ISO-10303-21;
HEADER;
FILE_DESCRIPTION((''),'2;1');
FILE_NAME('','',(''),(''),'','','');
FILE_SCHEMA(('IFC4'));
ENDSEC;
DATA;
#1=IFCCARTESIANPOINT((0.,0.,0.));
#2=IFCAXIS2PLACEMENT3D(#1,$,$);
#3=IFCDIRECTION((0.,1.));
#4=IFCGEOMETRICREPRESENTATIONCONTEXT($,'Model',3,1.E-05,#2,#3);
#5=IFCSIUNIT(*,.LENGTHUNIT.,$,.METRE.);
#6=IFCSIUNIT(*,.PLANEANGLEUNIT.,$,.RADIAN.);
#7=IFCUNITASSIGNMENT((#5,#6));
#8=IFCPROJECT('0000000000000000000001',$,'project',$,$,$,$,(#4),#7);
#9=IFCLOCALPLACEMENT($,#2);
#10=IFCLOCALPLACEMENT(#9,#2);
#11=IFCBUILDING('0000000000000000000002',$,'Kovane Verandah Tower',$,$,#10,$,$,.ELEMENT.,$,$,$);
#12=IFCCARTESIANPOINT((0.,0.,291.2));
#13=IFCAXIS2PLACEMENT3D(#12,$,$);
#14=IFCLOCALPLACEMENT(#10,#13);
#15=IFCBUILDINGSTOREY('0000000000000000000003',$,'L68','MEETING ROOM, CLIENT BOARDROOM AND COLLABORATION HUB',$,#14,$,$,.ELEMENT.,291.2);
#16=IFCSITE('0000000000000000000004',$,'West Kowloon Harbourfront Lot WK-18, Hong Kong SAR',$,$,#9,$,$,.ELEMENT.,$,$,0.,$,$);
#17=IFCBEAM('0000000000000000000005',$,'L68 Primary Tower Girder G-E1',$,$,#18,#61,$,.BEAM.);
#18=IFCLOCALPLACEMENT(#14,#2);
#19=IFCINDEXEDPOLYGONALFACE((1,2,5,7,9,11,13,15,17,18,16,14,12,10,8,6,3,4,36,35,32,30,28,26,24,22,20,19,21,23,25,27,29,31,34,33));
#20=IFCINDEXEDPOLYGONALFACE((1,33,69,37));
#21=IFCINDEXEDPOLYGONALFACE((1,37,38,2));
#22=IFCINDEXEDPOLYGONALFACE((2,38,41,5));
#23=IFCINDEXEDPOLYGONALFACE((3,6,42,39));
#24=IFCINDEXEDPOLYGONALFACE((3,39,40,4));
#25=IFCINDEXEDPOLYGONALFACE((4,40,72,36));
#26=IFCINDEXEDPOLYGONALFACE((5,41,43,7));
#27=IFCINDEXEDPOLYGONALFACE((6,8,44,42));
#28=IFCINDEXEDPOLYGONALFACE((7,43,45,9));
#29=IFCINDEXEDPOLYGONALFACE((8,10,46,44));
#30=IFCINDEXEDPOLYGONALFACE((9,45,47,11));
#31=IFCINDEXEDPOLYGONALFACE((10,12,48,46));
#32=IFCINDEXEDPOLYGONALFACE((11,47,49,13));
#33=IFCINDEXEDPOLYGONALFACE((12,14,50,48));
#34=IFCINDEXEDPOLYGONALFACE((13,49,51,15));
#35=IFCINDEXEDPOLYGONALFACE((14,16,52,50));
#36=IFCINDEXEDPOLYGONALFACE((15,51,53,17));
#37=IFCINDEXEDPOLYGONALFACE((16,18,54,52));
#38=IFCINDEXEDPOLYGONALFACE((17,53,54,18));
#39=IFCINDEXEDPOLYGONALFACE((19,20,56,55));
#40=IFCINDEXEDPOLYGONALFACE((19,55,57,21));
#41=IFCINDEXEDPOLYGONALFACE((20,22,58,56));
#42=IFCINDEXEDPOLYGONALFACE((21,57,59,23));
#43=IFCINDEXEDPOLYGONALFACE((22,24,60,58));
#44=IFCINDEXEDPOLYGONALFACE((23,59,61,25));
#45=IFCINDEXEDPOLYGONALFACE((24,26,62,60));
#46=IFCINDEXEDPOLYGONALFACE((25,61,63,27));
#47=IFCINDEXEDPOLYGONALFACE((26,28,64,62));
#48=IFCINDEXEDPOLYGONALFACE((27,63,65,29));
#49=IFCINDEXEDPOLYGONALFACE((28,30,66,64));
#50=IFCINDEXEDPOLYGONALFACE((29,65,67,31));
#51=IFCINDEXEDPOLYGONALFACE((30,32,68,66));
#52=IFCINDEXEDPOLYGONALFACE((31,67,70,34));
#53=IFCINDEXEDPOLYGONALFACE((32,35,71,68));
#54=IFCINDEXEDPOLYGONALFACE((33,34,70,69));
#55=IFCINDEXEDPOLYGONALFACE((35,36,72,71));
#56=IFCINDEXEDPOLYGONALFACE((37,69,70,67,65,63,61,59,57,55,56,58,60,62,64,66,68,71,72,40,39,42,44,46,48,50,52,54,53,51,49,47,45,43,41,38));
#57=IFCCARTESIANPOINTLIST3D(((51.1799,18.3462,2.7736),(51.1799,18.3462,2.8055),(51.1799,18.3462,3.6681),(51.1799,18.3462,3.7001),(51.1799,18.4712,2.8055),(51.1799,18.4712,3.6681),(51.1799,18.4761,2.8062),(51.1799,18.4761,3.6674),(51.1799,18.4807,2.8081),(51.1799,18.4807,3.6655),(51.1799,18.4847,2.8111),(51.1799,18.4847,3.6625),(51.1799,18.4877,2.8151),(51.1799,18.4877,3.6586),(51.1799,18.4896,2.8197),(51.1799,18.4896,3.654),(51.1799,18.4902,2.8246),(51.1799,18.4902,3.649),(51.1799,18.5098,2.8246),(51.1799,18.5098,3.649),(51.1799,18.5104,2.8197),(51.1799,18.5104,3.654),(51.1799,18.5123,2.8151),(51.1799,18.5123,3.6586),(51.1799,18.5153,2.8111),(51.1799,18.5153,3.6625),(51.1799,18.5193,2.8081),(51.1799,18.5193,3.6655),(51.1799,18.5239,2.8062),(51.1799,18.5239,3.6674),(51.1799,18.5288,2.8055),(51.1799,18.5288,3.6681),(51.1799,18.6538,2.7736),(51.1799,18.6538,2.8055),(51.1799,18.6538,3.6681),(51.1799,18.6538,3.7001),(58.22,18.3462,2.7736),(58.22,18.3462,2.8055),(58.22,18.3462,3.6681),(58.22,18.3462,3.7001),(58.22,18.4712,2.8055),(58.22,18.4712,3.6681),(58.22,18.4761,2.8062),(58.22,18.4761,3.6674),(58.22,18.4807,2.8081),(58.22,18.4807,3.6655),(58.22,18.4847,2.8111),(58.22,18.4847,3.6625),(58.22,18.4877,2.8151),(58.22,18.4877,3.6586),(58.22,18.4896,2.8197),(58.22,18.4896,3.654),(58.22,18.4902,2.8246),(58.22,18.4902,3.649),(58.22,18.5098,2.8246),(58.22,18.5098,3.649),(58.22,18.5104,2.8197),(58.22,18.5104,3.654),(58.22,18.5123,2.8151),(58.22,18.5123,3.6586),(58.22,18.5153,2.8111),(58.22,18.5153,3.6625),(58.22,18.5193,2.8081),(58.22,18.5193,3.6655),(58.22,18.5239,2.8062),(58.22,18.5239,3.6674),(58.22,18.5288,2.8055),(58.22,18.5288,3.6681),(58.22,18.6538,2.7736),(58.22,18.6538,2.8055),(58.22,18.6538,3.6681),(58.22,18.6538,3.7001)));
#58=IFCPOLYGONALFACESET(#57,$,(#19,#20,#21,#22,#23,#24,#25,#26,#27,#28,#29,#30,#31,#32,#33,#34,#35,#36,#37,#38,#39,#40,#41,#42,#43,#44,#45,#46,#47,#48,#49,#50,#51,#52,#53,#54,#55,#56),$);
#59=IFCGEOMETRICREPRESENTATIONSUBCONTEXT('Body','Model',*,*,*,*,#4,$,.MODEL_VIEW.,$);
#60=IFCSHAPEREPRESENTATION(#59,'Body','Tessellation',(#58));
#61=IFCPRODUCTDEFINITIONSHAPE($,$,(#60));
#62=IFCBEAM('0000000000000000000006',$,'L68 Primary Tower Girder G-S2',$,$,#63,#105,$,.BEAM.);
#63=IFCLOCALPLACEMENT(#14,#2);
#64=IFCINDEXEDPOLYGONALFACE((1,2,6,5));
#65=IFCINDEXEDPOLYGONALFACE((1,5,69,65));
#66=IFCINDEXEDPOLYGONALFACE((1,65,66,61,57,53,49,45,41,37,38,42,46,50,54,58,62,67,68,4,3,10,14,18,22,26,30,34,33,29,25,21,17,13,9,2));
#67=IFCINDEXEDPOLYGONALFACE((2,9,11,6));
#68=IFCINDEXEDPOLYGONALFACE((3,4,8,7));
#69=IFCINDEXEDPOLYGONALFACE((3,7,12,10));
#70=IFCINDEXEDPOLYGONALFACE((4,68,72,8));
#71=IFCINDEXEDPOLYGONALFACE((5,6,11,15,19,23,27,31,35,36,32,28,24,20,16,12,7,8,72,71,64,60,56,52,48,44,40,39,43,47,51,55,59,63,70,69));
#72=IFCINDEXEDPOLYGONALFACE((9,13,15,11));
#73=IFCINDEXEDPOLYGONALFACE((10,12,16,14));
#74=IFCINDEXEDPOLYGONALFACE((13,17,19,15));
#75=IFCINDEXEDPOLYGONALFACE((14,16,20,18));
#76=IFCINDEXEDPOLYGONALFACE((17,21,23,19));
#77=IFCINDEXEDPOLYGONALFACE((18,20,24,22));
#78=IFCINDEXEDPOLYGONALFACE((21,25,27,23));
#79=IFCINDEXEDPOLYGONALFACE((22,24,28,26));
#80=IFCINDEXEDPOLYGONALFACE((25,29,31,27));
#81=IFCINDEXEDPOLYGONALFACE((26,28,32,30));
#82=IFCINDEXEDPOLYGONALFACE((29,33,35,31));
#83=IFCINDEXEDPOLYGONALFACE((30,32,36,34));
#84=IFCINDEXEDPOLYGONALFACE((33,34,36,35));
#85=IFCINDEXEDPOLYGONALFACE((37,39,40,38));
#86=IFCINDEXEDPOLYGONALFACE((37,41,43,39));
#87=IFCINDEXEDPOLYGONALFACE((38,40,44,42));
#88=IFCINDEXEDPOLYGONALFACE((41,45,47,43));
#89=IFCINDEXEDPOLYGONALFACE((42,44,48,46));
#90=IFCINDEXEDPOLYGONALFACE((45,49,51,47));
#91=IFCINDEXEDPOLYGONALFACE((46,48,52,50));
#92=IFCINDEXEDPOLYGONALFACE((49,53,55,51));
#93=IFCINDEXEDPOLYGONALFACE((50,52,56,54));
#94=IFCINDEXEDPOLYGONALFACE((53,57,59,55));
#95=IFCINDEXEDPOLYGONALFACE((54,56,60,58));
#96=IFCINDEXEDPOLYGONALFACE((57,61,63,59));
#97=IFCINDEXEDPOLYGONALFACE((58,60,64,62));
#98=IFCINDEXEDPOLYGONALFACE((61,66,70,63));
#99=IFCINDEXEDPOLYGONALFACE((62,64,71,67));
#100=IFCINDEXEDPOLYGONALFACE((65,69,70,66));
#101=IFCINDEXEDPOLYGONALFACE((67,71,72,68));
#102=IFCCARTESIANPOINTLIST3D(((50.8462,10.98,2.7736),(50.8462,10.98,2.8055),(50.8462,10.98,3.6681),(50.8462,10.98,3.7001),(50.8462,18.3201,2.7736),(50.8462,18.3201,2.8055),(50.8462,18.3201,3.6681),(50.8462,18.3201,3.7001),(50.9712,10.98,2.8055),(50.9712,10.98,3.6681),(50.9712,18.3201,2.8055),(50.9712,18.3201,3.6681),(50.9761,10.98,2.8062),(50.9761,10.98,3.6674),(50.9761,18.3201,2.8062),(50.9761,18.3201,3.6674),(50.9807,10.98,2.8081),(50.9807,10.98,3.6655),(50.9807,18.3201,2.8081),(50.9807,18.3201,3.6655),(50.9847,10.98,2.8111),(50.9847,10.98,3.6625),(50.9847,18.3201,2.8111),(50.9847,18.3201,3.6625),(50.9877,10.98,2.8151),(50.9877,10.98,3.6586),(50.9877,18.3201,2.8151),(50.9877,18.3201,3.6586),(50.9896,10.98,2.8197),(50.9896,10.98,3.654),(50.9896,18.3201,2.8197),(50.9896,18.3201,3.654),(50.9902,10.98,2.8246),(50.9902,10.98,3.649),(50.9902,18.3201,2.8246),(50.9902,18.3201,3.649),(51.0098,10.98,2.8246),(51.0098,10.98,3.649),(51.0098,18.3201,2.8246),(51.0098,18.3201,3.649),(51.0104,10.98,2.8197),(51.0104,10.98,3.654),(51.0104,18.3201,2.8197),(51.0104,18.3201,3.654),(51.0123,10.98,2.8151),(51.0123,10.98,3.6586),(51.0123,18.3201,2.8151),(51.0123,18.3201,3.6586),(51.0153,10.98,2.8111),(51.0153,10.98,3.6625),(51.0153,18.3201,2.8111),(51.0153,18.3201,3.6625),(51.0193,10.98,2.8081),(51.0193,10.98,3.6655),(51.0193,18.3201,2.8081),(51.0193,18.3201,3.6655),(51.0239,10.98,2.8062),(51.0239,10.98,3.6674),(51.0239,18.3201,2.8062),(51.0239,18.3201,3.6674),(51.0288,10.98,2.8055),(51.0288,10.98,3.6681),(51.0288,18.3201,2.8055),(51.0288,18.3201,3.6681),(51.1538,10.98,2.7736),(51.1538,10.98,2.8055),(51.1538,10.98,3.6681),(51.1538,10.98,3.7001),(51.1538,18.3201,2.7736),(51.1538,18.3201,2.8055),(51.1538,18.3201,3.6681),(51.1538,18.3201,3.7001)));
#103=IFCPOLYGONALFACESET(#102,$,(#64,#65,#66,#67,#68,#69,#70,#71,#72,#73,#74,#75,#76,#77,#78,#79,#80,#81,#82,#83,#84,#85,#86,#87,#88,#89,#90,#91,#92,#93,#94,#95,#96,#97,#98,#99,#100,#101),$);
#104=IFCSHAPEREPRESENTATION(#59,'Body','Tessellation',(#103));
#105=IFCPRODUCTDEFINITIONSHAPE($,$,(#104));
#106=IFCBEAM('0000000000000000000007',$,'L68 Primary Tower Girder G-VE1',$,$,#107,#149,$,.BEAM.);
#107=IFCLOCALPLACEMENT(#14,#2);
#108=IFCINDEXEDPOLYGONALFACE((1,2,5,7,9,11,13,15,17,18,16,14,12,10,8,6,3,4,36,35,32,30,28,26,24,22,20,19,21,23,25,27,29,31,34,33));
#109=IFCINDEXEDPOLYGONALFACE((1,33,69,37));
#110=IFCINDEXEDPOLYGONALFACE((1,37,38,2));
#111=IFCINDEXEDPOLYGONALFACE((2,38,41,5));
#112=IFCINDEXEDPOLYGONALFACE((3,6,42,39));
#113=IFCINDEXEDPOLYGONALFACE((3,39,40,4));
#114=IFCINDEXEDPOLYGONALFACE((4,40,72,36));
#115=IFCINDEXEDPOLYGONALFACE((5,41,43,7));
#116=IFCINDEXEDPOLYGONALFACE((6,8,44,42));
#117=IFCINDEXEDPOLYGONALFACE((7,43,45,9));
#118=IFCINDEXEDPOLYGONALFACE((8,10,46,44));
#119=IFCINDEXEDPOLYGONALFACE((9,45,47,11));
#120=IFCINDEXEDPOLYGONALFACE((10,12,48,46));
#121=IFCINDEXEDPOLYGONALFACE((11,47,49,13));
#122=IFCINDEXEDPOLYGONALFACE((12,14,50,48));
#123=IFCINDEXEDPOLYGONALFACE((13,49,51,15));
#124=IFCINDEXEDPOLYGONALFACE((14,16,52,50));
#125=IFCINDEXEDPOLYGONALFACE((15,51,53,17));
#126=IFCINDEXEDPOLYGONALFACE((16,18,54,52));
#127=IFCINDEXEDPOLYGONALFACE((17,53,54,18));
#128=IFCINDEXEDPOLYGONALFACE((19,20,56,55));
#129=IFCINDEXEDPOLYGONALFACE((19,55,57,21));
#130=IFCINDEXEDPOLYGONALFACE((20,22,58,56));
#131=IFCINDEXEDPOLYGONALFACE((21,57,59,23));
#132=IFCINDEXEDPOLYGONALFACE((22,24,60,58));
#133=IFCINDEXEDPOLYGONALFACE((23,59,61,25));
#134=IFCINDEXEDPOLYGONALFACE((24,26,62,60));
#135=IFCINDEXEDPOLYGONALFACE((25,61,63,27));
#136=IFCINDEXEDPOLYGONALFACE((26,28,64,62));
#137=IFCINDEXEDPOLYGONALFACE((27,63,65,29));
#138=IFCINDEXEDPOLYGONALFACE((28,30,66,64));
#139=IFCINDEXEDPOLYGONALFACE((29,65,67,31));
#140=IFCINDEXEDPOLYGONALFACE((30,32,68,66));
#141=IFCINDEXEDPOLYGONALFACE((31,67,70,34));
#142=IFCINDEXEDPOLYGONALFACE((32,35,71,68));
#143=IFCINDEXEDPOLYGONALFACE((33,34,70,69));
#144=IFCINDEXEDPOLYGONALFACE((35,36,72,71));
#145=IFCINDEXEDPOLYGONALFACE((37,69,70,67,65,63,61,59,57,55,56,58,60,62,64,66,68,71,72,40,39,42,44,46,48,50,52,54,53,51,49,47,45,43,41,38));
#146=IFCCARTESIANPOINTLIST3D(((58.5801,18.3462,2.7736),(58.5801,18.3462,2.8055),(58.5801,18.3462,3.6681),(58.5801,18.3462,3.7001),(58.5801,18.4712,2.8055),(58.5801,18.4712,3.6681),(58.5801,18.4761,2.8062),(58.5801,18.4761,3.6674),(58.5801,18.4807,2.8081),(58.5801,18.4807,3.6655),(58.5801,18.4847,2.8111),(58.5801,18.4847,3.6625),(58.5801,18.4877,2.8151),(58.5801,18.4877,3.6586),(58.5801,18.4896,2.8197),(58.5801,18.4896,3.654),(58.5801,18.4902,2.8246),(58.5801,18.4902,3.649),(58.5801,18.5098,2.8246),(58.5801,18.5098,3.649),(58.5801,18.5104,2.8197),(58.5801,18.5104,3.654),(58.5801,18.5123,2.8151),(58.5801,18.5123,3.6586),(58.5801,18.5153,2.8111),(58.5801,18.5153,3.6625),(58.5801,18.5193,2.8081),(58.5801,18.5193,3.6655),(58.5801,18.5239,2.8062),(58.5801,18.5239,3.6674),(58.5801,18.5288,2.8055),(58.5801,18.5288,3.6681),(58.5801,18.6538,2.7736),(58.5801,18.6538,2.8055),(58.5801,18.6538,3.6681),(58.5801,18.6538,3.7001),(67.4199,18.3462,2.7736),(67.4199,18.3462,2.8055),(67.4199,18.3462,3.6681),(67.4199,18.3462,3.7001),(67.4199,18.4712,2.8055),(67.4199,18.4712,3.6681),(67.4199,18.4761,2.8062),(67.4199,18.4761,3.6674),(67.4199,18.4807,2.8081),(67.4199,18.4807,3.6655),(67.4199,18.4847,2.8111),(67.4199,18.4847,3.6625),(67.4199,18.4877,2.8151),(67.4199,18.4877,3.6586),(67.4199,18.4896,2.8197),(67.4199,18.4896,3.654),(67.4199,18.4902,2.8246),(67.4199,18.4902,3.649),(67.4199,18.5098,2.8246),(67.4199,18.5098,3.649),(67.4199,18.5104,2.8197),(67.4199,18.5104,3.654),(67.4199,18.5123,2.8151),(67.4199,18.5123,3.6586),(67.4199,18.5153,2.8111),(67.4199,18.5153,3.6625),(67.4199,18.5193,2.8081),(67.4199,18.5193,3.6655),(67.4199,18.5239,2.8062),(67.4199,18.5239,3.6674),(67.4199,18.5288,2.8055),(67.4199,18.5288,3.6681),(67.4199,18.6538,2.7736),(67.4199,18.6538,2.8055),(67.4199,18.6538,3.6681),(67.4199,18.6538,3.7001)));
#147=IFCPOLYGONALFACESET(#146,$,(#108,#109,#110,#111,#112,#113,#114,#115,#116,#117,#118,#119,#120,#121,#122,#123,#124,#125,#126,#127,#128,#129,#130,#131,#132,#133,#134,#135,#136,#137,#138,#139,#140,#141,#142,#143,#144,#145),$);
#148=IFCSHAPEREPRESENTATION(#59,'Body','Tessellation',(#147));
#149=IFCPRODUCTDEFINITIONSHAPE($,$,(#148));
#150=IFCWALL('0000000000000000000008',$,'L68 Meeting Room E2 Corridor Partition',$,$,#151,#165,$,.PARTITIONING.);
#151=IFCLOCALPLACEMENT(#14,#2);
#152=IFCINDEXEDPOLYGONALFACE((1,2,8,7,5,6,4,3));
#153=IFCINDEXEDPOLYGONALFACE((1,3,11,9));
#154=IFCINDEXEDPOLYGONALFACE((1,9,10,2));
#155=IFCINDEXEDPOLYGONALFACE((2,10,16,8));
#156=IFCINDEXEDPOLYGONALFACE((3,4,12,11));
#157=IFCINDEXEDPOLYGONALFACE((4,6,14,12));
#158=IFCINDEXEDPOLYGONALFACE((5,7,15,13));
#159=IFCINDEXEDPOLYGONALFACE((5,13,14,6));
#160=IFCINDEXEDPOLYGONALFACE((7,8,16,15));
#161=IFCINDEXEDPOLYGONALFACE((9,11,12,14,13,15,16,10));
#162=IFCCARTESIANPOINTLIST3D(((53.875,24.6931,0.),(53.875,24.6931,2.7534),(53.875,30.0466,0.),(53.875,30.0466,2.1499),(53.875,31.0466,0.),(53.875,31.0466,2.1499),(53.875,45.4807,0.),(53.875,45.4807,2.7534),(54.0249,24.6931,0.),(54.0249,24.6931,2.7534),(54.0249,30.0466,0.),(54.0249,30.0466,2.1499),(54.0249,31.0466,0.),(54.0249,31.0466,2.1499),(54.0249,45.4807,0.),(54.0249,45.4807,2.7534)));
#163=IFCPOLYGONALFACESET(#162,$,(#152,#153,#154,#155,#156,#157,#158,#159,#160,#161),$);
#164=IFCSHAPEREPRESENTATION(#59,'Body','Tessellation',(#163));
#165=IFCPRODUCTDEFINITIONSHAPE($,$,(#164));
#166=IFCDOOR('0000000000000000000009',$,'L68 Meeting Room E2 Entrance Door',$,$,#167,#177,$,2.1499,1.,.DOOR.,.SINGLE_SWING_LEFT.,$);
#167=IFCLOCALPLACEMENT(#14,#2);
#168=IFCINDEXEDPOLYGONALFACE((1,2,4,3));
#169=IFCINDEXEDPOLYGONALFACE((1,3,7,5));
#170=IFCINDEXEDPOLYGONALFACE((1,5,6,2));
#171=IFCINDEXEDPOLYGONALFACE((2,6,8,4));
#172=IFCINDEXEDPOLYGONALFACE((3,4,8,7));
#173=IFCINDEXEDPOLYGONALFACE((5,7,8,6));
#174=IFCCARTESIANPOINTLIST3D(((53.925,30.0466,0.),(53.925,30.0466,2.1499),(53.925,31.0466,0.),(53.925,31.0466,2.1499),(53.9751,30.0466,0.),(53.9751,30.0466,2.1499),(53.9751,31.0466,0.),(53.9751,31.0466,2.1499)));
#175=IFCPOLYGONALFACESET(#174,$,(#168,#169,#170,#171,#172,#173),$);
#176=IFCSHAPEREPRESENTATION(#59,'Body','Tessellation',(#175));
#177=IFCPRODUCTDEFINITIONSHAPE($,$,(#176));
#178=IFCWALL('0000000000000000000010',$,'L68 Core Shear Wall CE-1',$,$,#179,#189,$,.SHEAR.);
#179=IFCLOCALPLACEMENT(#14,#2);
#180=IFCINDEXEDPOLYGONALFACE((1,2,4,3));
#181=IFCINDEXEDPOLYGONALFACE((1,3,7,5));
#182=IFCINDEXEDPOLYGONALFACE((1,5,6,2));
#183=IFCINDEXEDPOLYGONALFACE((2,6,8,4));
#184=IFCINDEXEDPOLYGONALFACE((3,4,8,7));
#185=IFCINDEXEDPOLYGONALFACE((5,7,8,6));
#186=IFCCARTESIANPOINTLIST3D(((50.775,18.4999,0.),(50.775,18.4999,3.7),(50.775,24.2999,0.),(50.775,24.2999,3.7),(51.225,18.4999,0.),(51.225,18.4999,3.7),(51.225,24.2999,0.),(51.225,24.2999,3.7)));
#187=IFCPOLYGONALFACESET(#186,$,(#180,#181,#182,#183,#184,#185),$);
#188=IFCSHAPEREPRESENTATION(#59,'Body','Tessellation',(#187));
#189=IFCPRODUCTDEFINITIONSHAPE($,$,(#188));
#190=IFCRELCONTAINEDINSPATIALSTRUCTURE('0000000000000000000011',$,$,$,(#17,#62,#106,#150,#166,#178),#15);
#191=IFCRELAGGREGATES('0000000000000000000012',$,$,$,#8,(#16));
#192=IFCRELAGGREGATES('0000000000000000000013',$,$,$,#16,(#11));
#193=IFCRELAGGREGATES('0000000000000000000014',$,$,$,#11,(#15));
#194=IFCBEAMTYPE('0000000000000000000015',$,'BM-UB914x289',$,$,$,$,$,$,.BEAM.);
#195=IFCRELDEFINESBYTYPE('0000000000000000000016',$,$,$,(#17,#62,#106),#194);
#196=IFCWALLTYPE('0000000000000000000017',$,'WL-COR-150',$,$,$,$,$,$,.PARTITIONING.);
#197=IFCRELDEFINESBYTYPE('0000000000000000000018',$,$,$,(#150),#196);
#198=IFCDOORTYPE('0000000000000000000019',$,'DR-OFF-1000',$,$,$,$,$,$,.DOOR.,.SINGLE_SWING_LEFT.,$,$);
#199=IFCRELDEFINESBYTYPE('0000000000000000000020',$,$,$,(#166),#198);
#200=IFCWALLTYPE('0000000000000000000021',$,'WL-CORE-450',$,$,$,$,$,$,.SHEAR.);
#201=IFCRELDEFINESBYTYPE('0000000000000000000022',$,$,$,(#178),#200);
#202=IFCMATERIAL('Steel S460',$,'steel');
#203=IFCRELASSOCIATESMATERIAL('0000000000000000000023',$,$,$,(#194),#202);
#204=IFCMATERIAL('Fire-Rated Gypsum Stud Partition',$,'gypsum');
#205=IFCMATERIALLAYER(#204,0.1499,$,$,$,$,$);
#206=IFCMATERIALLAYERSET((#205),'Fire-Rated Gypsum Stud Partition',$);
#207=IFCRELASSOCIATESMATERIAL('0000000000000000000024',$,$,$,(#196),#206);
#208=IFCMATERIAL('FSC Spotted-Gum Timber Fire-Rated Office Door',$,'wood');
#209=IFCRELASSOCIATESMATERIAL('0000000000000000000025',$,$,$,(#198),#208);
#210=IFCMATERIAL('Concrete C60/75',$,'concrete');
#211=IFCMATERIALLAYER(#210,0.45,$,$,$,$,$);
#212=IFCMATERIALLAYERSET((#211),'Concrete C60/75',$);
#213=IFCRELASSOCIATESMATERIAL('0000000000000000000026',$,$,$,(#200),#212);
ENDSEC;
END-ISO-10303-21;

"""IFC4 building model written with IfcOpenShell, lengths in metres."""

from ifc_helpers import new_model, si_unit, direction, frame, frame_2d, origin, origin_2d, place, context, subcontext, project, spatial, rectangle, i_section, extrude, material, layer, layer_set, material_profile, profile_set, type_object, element, fill, save


model = new_model("IFC4")

# Units and contexts
model_context = context("Model", 3, precision=1e-05, world=origin(), true_north=direction((0.0, 1.0)))
body_context = subcontext(model_context, "Body", "Model", "MODEL_VIEW")
ifc_project = project(units=[si_unit("LENGTHUNIT", "METRE"), si_unit("PLANEANGLEUNIT", "RADIAN")], contexts=[model_context])

# Site, building, storey
site_placement = place(None, origin())
site = spatial("IfcSite", under=ifc_project, at=site_placement, Name="West Kowloon Harbourfront Lot WK-18, Hong Kong SAR", CompositionType="ELEMENT", RefElevation=0.0)
building_placement = place(site_placement, origin())
building = spatial("IfcBuilding", under=site, at=building_placement, Name="Kovane Verandah Tower", CompositionType="ELEMENT")
storey_placement = place(building_placement, frame((0.0, 0.0, 291.2)))
storey = spatial("IfcBuildingStorey", under=building, at=storey_placement, Name="L68", Description="MEETING ROOM, CLIENT BOARDROOM AND COLLABORATION HUB", CompositionType="ELEMENT", Elevation=291.2)

# Shared definitions
ifc_material_1 = material(Name="Concrete C60/75", Category="concrete")
ifc_material_2 = material(Name="Steel S460", Category="steel")

# Beams
ifc_material_profile_1 = material_profile(ifc_material_2, i_section(OverallWidth=0.3076, OverallDepth=0.9265, WebThickness=0.0195, FlangeThickness=0.032, FilletRadius=0.019, at=origin_2d()), Name="UB914x305x289")
ifc_profile_set_1 = profile_set([ifc_material_profile_1], Name="Steel S460")
beam_type_1 = type_object("IfcBeamType", Name="BM-UB914x289", PredefinedType="BEAM", material=ifc_profile_set_1)
beam_1_placement = place(storey_placement, frame((51.1799, 18.5, 3.2368), z_axis=(1.0, 0.0, 0.0), x_axis=(0.0, 1.0, 0.0)))
element("IfcBeam", 1, at=beam_1_placement, inside=storey, type_object=beam_type_1, Name="L68 Primary Tower Girder G-E1", PredefinedType="BEAM", context=body_context, shape_type="SweptSolid", body=[
    extrude(i_section(OverallWidth=0.3076, OverallDepth=0.9265, WebThickness=0.0195, FlangeThickness=0.032, FilletRadius=0.019, at=origin_2d()), origin(), (0.0, 0.0, 1.0), 7.04),
])
beam_2_placement = place(storey_placement, frame((51.0, 18.3201, 3.2368), z_axis=(0.0, -1.0, 0.0), x_axis=(1.0, 0.0, 0.0)))
element("IfcBeam", 2, at=beam_2_placement, inside=storey, type_object=beam_type_1, Name="L68 Primary Tower Girder G-S2", PredefinedType="BEAM", context=body_context, shape_type="SweptSolid", body=[
    extrude(i_section(OverallWidth=0.3076, OverallDepth=0.9265, WebThickness=0.0195, FlangeThickness=0.032, FilletRadius=0.019, at=origin_2d()), origin(), (0.0, 0.0, 1.0), 7.3401),
])
beam_3_placement = place(storey_placement, frame((58.5801, 18.5, 3.2368), z_axis=(1.0, 0.0, 0.0), x_axis=(0.0, 1.0, 0.0)))
element("IfcBeam", 3, at=beam_3_placement, inside=storey, type_object=beam_type_1, Name="L68 Primary Tower Girder G-VE1", PredefinedType="BEAM", context=body_context, shape_type="SweptSolid", body=[
    extrude(i_section(OverallWidth=0.3076, OverallDepth=0.9265, WebThickness=0.0195, FlangeThickness=0.032, FilletRadius=0.019, at=origin_2d()), origin(), (0.0, 0.0, 1.0), 8.8398),
])

# Wall, opening, door
ifc_material_3 = material(Name="Fire-Rated Gypsum Stud Partition", Category="gypsum")
ifc_layer_1 = layer(ifc_material_3, 0.1499)
ifc_layer_set_1 = layer_set([ifc_layer_1], Name="Fire-Rated Gypsum Stud Partition")
wall_type_1 = type_object("IfcWallType", Name="WL-COR-150", PredefinedType="PARTITIONING", material=ifc_layer_set_1)
wall_1_placement = place(storey_placement, frame((53.95, 24.6931, 0.0), z_axis=(0.0, 0.0, 1.0), x_axis=(0.0, 1.0, 0.0)))
wall_1 = element("IfcWall", 4, at=wall_1_placement, inside=storey, type_object=wall_type_1, Name="L68 Meeting Room E2 Corridor Partition", PredefinedType="PARTITIONING", context=body_context, shape_type="SweptSolid", body=[
    extrude(rectangle(XDim=20.7876, YDim=0.1499, at=frame_2d((10.3938, 0.0))), origin(), (0.0, 0.0, 1.0), 2.7534),
])
opening_1_placement = place(wall_1_placement, frame((5.3535, 0.0, 0.0)))
opening_1 = element("IfcOpeningElement", 5, at=opening_1_placement, cuts=wall_1, PredefinedType="OPENING", context=body_context, shape_type="SweptSolid", body=[
    extrude(rectangle(XDim=1.0, YDim=2.1499, at=frame_2d((0.5, 1.075))), frame((0.0, 0.075, 0.0), z_axis=(0.0, -1.0, 0.0), x_axis=(1.0, 0.0, 0.0)), (0.0, 0.0, 1.0), 0.1499),
])
ifc_material_4 = material(Name="FSC Spotted-Gum Timber Fire-Rated Office Door", Category="wood")
door_type_1 = type_object("IfcDoorType", Name="DR-OFF-1000", OperationType="SINGLE_SWING_LEFT", PredefinedType="DOOR", material=ifc_material_4)
door_1_placement = place(opening_1_placement, origin())
door_1 = element("IfcDoor", 6, at=door_1_placement, inside=storey, type_object=door_type_1, Name="L68 Meeting Room E2 Entrance Door", OperationType="SINGLE_SWING_LEFT", OverallHeight=2.1499, OverallWidth=1.0, PredefinedType="DOOR", context=body_context, shape_type="SweptSolid", body=[
    extrude(rectangle(XDim=1.0, YDim=2.1499, at=frame_2d((0.5, 1.075))), frame((0.0, 0.0249, 0.0), z_axis=(0.0, -1.0, 0.0), x_axis=(1.0, 0.0, 0.0)), (0.0, 0.0, 1.0), 0.05),
])
fill(opening_1, door_1)

# Wall
ifc_layer_2 = layer(ifc_material_1, 0.45)
ifc_layer_set_2 = layer_set([ifc_layer_2], Name="Concrete C60/75")
wall_type_2 = type_object("IfcWallType", Name="WL-CORE-450", PredefinedType="SHEAR", material=ifc_layer_set_2)
wall_2_placement = place(storey_placement, frame((51.0, 18.5, 0.0), z_axis=(0.0, 0.0, 1.0), x_axis=(0.0, 1.0, 0.0)))
element("IfcWall", 7, at=wall_2_placement, inside=storey, type_object=wall_type_2, Name="L68 Core Shear Wall CE-1", PredefinedType="SHEAR", context=body_context, shape_type="SweptSolid", body=[
    extrude(rectangle(XDim=5.8, YDim=0.45, at=frame_2d((2.8999, 0.0))), origin(), (0.0, 0.0, 1.0), 3.7),
])

save(model, "model.ifc")
